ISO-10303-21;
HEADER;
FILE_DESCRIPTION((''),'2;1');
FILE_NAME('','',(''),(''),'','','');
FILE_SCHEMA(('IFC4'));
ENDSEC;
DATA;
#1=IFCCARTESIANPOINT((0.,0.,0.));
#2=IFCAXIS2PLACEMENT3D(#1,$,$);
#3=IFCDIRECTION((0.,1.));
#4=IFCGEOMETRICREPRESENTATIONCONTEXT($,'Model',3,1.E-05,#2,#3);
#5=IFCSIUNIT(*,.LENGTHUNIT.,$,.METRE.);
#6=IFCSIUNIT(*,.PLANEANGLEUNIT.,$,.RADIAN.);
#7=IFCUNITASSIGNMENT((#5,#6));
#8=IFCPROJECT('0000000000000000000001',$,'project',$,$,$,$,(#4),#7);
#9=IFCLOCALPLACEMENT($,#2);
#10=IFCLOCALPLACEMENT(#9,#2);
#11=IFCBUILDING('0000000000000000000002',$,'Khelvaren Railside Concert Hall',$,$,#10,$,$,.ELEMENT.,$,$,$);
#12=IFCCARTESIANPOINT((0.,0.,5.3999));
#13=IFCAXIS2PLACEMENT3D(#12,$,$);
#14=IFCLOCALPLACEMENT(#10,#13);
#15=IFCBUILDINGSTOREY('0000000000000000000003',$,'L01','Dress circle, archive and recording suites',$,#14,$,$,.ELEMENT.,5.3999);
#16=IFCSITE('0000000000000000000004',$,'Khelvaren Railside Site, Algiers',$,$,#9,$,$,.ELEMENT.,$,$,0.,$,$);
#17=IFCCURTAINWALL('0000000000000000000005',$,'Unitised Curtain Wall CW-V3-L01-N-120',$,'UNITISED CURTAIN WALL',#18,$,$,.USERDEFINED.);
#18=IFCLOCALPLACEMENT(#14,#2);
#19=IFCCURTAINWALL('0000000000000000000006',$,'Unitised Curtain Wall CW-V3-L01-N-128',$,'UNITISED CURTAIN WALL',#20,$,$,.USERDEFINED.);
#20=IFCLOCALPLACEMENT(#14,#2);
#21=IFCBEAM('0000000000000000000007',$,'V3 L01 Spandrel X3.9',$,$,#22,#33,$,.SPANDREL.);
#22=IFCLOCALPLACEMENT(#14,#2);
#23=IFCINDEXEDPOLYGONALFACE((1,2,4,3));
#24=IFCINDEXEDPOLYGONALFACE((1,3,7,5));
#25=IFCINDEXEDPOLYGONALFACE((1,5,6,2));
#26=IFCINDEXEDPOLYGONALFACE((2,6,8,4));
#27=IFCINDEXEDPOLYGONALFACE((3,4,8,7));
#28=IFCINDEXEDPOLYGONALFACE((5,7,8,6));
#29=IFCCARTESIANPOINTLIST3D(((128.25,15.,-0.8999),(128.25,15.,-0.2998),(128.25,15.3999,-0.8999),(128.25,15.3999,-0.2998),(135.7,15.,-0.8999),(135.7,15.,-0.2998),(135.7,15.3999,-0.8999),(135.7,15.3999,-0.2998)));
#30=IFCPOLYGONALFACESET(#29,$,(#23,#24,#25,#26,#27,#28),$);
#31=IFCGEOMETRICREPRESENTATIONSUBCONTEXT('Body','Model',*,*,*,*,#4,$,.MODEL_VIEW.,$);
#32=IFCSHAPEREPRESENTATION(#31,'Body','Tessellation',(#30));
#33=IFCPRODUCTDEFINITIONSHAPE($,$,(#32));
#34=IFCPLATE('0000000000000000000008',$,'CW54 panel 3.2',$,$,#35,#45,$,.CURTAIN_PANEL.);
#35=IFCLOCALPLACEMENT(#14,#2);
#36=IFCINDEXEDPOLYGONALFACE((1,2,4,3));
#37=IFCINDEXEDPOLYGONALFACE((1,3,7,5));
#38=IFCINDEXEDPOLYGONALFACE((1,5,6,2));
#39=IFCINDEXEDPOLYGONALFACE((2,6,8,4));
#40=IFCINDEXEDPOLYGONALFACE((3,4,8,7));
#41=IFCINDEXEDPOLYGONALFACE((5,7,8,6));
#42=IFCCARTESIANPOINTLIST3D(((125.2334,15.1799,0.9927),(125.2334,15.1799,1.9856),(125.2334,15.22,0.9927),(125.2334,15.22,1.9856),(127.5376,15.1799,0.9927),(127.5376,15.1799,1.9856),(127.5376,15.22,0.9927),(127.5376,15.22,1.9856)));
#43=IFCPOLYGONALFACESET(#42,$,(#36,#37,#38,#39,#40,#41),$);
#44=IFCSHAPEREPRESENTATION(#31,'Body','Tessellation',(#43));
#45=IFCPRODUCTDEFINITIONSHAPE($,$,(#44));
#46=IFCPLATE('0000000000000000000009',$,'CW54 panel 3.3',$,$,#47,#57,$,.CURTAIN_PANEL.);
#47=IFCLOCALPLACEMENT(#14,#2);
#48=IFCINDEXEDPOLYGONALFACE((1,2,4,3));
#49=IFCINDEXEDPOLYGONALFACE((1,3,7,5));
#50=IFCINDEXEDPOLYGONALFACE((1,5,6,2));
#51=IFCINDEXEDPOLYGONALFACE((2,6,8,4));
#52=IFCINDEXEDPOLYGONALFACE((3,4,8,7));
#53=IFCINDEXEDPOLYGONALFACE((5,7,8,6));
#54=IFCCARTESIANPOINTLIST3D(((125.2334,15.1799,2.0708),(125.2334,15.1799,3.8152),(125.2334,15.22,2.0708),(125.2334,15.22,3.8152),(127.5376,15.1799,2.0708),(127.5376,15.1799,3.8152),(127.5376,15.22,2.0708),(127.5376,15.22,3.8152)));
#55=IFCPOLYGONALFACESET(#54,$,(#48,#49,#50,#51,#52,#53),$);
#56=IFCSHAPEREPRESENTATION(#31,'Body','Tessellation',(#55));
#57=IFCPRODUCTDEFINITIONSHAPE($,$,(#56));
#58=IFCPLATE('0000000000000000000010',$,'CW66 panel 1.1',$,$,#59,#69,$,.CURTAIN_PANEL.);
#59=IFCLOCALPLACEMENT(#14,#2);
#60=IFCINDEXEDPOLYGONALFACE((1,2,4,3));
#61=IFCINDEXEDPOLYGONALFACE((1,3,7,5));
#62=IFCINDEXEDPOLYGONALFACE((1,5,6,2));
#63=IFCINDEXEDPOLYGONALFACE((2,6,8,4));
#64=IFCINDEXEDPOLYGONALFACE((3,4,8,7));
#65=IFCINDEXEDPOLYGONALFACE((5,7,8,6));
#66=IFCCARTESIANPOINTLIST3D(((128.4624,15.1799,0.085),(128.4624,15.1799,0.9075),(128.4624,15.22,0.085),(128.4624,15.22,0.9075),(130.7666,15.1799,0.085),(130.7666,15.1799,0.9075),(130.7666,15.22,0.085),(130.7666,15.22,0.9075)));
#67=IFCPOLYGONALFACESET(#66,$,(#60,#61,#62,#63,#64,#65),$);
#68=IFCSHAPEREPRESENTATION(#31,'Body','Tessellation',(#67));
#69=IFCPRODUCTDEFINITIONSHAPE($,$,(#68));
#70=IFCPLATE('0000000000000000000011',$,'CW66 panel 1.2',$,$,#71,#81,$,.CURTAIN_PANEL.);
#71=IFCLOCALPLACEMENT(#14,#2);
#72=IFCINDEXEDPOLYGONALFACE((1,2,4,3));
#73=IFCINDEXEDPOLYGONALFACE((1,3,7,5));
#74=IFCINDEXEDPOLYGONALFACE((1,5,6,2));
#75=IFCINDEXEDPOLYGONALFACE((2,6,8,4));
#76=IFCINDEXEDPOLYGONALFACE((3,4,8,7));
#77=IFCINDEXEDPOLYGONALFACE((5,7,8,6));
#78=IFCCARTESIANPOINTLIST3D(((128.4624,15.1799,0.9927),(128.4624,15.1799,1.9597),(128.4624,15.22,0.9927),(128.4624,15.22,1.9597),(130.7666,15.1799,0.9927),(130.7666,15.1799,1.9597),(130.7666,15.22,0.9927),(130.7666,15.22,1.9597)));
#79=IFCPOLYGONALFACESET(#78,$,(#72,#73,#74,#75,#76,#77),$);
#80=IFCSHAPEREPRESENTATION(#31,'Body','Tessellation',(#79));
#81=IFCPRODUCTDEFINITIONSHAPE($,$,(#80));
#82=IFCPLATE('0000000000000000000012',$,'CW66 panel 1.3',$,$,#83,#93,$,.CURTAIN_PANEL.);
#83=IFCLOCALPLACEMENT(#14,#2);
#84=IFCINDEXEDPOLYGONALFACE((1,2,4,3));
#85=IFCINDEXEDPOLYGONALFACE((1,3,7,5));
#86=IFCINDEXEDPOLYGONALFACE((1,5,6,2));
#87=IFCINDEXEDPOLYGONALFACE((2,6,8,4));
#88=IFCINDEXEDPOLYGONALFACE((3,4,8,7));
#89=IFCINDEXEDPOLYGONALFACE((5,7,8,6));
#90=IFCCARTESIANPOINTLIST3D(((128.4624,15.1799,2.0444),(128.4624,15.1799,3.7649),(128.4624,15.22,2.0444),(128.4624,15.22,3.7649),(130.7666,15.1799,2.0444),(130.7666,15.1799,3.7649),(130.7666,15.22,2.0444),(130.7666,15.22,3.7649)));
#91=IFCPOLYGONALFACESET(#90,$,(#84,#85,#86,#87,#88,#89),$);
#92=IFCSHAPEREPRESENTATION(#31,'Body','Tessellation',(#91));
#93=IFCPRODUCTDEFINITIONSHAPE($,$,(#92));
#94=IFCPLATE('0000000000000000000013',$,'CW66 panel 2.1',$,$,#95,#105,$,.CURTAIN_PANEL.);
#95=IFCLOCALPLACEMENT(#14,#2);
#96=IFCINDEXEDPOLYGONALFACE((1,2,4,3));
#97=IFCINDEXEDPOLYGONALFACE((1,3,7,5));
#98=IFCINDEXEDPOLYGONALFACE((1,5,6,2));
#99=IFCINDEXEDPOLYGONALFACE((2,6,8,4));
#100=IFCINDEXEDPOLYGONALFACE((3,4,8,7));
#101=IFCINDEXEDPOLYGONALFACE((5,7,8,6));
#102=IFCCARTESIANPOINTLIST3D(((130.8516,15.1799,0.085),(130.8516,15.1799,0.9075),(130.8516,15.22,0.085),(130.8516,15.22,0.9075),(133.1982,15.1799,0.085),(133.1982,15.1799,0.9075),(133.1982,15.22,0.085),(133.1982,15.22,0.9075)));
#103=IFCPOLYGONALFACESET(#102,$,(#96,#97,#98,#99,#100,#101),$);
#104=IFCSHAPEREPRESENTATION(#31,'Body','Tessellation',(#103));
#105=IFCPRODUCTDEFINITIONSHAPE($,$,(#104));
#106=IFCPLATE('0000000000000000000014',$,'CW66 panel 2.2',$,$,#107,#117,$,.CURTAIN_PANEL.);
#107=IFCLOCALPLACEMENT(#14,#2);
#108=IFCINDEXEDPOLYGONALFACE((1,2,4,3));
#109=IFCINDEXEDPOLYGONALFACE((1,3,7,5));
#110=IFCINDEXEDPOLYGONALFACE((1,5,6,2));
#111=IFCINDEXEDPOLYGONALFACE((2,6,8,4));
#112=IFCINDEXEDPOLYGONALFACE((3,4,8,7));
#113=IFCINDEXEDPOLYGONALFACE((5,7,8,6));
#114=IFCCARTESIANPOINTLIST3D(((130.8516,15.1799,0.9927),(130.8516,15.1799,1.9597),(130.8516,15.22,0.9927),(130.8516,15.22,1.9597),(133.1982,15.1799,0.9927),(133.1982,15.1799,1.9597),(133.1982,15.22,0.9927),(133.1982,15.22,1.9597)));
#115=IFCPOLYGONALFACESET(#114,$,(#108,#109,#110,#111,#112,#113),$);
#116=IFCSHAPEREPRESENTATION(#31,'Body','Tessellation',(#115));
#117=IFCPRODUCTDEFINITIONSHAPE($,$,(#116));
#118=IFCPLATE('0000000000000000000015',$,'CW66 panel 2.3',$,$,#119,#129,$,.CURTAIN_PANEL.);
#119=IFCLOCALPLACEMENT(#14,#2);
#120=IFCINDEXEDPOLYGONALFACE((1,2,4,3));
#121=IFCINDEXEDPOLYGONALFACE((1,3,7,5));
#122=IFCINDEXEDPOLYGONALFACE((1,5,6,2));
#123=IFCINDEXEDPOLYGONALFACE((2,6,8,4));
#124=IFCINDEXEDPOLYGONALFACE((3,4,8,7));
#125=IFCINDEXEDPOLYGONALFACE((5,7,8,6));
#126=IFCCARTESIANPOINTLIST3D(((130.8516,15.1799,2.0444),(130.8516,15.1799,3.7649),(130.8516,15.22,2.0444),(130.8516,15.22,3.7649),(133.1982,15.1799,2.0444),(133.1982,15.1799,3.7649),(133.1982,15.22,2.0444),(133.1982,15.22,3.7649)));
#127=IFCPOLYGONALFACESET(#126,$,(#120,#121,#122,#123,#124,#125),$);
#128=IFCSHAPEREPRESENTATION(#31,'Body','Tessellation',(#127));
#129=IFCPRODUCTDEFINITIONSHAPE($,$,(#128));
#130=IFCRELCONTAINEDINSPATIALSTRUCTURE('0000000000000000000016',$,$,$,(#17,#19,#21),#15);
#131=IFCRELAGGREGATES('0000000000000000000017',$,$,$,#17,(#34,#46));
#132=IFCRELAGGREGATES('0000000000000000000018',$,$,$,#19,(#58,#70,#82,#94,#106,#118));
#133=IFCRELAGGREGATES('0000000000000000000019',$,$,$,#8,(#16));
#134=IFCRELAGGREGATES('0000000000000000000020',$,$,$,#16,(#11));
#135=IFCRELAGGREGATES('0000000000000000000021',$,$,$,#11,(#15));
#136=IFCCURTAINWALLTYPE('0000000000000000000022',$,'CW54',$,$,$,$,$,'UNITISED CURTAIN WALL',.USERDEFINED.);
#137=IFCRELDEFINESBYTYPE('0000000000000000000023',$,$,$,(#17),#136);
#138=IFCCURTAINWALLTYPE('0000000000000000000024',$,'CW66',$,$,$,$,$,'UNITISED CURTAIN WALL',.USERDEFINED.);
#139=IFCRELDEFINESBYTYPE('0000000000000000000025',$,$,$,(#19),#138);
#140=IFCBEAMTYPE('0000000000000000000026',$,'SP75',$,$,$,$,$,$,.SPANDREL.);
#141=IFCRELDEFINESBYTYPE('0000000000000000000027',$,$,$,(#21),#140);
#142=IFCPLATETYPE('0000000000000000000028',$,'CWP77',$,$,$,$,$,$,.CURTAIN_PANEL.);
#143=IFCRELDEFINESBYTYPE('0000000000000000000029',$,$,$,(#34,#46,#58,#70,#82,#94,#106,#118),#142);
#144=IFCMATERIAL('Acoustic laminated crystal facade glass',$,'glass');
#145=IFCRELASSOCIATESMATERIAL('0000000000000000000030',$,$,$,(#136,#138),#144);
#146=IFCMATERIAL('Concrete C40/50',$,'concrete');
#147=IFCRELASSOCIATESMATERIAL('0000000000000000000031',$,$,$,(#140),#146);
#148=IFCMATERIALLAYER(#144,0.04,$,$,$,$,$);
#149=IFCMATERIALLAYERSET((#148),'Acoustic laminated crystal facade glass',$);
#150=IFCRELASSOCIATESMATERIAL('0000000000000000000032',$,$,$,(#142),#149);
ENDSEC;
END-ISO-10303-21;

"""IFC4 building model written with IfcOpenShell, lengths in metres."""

from ifc_helpers import new_model, si_unit, direction, frame, origin, origin_2d, place, context, subcontext, project, spatial, rectangle, extrude, material, layer, layer_set, material_profile, profile_set, type_object, element, aggregate, save


model = new_model("IFC4")

# Units and contexts
model_context = context("Model", 3, precision=1e-05, world=origin(), true_north=direction((0.0, 1.0)))
body_context = subcontext(model_context, "Body", "Model", "MODEL_VIEW")
ifc_project = project(units=[si_unit("LENGTHUNIT", "METRE"), si_unit("PLANEANGLEUNIT", "RADIAN")], contexts=[model_context])

# Site, building, storey
site_placement = place(None, origin())
site = spatial("IfcSite", under=ifc_project, at=site_placement, Name="Khelvaren Railside Site, Algiers", CompositionType="ELEMENT", RefElevation=0.0)
building_placement = place(site_placement, origin())
building = spatial("IfcBuilding", under=site, at=building_placement, Name="Khelvaren Railside Concert Hall", CompositionType="ELEMENT")
storey_placement = place(building_placement, frame((0.0, 0.0, 5.3999)))
storey = spatial("IfcBuildingStorey", under=building, at=storey_placement, Name="L01", Description="Dress circle, archive and recording suites", CompositionType="ELEMENT", Elevation=5.3999)

# Shared definitions
ifc_material_1 = material(Name="Concrete C40/50", Category="concrete")

# Curtain wall
ifc_material_2 = material(Name="Acoustic laminated crystal facade glass", Category="glass")
curtain_wall_type_1 = type_object("IfcCurtainWallType", Name="CW54", ElementType="UNITISED CURTAIN WALL", PredefinedType="USERDEFINED", material=ifc_material_2)
curtain_wall_1_placement = place(storey_placement, origin())
curtain_wall_1 = element("IfcCurtainWall", 1, at=curtain_wall_1_placement, inside=storey, type_object=curtain_wall_type_1, Name="Unitised Curtain Wall CW-V3-L01-N-120", ObjectType="UNITISED CURTAIN WALL", PredefinedType="USERDEFINED")

# Curtain wall
curtain_wall_type_2 = type_object("IfcCurtainWallType", Name="CW66", ElementType="UNITISED CURTAIN WALL", PredefinedType="USERDEFINED", material=ifc_material_2)
curtain_wall_2_placement = place(storey_placement, origin())
curtain_wall_2 = element("IfcCurtainWall", 2, at=curtain_wall_2_placement, inside=storey, type_object=curtain_wall_type_2, Name="Unitised Curtain Wall CW-V3-L01-N-128", ObjectType="UNITISED CURTAIN WALL", PredefinedType="USERDEFINED")

# Beam
ifc_material_profile_1 = material_profile(ifc_material_1, rectangle(XDim=0.3999, YDim=0.6001, at=origin_2d()), Name="RCB 400x600")
ifc_profile_set_1 = profile_set([ifc_material_profile_1], Name="Concrete C40/50")
beam_type_1 = type_object("IfcBeamType", Name="SP75", PredefinedType="SPANDREL", material=ifc_profile_set_1)
beam_1_placement = place(storey_placement, frame((128.25, 15.2, -0.5999), z_axis=(1.0, 0.0, 0.0), x_axis=(0.0, 1.0, 0.0)))
element("IfcBeam", 3, at=beam_1_placement, inside=storey, type_object=beam_type_1, Name="V3 L01 Spandrel X3.9", PredefinedType="SPANDREL", context=body_context, shape_type="SweptSolid", body=[
    extrude(rectangle(XDim=0.3999, YDim=0.6001, at=origin_2d()), origin(), (0.0, 0.0, 1.0), 7.45),
])

# Plates
ifc_layer = layer(ifc_material_2, 0.04)
ifc_layer_set = layer_set([ifc_layer], Name="Acoustic laminated crystal facade glass")
plate_type = type_object("IfcPlateType", Name="CWP77", PredefinedType="CURTAIN_PANEL", material=ifc_layer_set)
plate_1_placement = place(storey_placement, frame((126.3855, 15.2, 0.9927), z_axis=(0.0, 0.0, 1.0), x_axis=(1.0, 0.0, 0.0)))
plate_1 = element("IfcPlate", 4, at=plate_1_placement, type_object=plate_type, Name="CW54 panel 3.2", PredefinedType="CURTAIN_PANEL", context=body_context, shape_type="SweptSolid", body=[
    extrude(rectangle(XDim=2.3042, YDim=0.04, at=origin_2d()), origin(), (0.0, 0.0, 1.0), 0.9929),
])
plate_2_placement = place(storey_placement, frame((126.3855, 15.2, 2.0708), z_axis=(0.0, 0.0, 1.0), x_axis=(1.0, 0.0, 0.0)))
plate_2 = element("IfcPlate", 5, at=plate_2_placement, type_object=plate_type, Name="CW54 panel 3.3", PredefinedType="CURTAIN_PANEL", context=body_context, shape_type="SweptSolid", body=[
    extrude(rectangle(XDim=2.3042, YDim=0.04, at=origin_2d()), origin(), (0.0, 0.0, 1.0), 1.7444),
])
aggregate(curtain_wall_1, [plate_1, plate_2])
plate_3_placement = place(storey_placement, frame((129.6145, 15.2, 0.085), z_axis=(0.0, 0.0, 1.0), x_axis=(1.0, 0.0, 0.0)))
plate_3 = element("IfcPlate", 6, at=plate_3_placement, type_object=plate_type, Name="CW66 panel 1.1", PredefinedType="CURTAIN_PANEL", context=body_context, shape_type="SweptSolid", body=[
    extrude(rectangle(XDim=2.3042, YDim=0.04, at=origin_2d()), origin(), (0.0, 0.0, 1.0), 0.8225),
])
plate_4_placement = place(storey_placement, frame((129.6145, 15.2, 0.9927), z_axis=(0.0, 0.0, 1.0), x_axis=(1.0, 0.0, 0.0)))
plate_4 = element("IfcPlate", 7, at=plate_4_placement, type_object=plate_type, Name="CW66 panel 1.2", PredefinedType="CURTAIN_PANEL", context=body_context, shape_type="SweptSolid", body=[
    extrude(rectangle(XDim=2.3042, YDim=0.04, at=origin_2d()), origin(), (0.0, 0.0, 1.0), 0.967),
])
plate_5_placement = place(storey_placement, frame((129.6145, 15.2, 2.0444), z_axis=(0.0, 0.0, 1.0), x_axis=(1.0, 0.0, 0.0)))
plate_5 = element("IfcPlate", 8, at=plate_5_placement, type_object=plate_type, Name="CW66 panel 1.3", PredefinedType="CURTAIN_PANEL", context=body_context, shape_type="SweptSolid", body=[
    extrude(rectangle(XDim=2.3042, YDim=0.04, at=origin_2d()), origin(), (0.0, 0.0, 1.0), 1.7205),
])
plate_6_placement = place(storey_placement, frame((132.0249, 15.2, 0.085), z_axis=(0.0, 0.0, 1.0), x_axis=(1.0, 0.0, 0.0)))
plate_6 = element("IfcPlate", 9, at=plate_6_placement, type_object=plate_type, Name="CW66 panel 2.1", PredefinedType="CURTAIN_PANEL", context=body_context, shape_type="SweptSolid", body=[
    extrude(rectangle(XDim=2.3467, YDim=0.04, at=origin_2d()), origin(), (0.0, 0.0, 1.0), 0.8225),
])
plate_7_placement = place(storey_placement, frame((132.0249, 15.2, 0.9927), z_axis=(0.0, 0.0, 1.0), x_axis=(1.0, 0.0, 0.0)))
plate_7 = element("IfcPlate", 10, at=plate_7_placement, type_object=plate_type, Name="CW66 panel 2.2", PredefinedType="CURTAIN_PANEL", context=body_context, shape_type="SweptSolid", body=[
    extrude(rectangle(XDim=2.3467, YDim=0.04, at=origin_2d()), origin(), (0.0, 0.0, 1.0), 0.967),
])
plate_8_placement = place(storey_placement, frame((132.0249, 15.2, 2.0444), z_axis=(0.0, 0.0, 1.0), x_axis=(1.0, 0.0, 0.0)))
plate_8 = element("IfcPlate", 11, at=plate_8_placement, type_object=plate_type, Name="CW66 panel 2.3", PredefinedType="CURTAIN_PANEL", context=body_context, shape_type="SweptSolid", body=[
    extrude(rectangle(XDim=2.3467, YDim=0.04, at=origin_2d()), origin(), (0.0, 0.0, 1.0), 1.7205),
])
aggregate(curtain_wall_2, [plate_3, plate_4, plate_5, plate_6, plate_7, plate_8])

save(model, "model.ifc")
